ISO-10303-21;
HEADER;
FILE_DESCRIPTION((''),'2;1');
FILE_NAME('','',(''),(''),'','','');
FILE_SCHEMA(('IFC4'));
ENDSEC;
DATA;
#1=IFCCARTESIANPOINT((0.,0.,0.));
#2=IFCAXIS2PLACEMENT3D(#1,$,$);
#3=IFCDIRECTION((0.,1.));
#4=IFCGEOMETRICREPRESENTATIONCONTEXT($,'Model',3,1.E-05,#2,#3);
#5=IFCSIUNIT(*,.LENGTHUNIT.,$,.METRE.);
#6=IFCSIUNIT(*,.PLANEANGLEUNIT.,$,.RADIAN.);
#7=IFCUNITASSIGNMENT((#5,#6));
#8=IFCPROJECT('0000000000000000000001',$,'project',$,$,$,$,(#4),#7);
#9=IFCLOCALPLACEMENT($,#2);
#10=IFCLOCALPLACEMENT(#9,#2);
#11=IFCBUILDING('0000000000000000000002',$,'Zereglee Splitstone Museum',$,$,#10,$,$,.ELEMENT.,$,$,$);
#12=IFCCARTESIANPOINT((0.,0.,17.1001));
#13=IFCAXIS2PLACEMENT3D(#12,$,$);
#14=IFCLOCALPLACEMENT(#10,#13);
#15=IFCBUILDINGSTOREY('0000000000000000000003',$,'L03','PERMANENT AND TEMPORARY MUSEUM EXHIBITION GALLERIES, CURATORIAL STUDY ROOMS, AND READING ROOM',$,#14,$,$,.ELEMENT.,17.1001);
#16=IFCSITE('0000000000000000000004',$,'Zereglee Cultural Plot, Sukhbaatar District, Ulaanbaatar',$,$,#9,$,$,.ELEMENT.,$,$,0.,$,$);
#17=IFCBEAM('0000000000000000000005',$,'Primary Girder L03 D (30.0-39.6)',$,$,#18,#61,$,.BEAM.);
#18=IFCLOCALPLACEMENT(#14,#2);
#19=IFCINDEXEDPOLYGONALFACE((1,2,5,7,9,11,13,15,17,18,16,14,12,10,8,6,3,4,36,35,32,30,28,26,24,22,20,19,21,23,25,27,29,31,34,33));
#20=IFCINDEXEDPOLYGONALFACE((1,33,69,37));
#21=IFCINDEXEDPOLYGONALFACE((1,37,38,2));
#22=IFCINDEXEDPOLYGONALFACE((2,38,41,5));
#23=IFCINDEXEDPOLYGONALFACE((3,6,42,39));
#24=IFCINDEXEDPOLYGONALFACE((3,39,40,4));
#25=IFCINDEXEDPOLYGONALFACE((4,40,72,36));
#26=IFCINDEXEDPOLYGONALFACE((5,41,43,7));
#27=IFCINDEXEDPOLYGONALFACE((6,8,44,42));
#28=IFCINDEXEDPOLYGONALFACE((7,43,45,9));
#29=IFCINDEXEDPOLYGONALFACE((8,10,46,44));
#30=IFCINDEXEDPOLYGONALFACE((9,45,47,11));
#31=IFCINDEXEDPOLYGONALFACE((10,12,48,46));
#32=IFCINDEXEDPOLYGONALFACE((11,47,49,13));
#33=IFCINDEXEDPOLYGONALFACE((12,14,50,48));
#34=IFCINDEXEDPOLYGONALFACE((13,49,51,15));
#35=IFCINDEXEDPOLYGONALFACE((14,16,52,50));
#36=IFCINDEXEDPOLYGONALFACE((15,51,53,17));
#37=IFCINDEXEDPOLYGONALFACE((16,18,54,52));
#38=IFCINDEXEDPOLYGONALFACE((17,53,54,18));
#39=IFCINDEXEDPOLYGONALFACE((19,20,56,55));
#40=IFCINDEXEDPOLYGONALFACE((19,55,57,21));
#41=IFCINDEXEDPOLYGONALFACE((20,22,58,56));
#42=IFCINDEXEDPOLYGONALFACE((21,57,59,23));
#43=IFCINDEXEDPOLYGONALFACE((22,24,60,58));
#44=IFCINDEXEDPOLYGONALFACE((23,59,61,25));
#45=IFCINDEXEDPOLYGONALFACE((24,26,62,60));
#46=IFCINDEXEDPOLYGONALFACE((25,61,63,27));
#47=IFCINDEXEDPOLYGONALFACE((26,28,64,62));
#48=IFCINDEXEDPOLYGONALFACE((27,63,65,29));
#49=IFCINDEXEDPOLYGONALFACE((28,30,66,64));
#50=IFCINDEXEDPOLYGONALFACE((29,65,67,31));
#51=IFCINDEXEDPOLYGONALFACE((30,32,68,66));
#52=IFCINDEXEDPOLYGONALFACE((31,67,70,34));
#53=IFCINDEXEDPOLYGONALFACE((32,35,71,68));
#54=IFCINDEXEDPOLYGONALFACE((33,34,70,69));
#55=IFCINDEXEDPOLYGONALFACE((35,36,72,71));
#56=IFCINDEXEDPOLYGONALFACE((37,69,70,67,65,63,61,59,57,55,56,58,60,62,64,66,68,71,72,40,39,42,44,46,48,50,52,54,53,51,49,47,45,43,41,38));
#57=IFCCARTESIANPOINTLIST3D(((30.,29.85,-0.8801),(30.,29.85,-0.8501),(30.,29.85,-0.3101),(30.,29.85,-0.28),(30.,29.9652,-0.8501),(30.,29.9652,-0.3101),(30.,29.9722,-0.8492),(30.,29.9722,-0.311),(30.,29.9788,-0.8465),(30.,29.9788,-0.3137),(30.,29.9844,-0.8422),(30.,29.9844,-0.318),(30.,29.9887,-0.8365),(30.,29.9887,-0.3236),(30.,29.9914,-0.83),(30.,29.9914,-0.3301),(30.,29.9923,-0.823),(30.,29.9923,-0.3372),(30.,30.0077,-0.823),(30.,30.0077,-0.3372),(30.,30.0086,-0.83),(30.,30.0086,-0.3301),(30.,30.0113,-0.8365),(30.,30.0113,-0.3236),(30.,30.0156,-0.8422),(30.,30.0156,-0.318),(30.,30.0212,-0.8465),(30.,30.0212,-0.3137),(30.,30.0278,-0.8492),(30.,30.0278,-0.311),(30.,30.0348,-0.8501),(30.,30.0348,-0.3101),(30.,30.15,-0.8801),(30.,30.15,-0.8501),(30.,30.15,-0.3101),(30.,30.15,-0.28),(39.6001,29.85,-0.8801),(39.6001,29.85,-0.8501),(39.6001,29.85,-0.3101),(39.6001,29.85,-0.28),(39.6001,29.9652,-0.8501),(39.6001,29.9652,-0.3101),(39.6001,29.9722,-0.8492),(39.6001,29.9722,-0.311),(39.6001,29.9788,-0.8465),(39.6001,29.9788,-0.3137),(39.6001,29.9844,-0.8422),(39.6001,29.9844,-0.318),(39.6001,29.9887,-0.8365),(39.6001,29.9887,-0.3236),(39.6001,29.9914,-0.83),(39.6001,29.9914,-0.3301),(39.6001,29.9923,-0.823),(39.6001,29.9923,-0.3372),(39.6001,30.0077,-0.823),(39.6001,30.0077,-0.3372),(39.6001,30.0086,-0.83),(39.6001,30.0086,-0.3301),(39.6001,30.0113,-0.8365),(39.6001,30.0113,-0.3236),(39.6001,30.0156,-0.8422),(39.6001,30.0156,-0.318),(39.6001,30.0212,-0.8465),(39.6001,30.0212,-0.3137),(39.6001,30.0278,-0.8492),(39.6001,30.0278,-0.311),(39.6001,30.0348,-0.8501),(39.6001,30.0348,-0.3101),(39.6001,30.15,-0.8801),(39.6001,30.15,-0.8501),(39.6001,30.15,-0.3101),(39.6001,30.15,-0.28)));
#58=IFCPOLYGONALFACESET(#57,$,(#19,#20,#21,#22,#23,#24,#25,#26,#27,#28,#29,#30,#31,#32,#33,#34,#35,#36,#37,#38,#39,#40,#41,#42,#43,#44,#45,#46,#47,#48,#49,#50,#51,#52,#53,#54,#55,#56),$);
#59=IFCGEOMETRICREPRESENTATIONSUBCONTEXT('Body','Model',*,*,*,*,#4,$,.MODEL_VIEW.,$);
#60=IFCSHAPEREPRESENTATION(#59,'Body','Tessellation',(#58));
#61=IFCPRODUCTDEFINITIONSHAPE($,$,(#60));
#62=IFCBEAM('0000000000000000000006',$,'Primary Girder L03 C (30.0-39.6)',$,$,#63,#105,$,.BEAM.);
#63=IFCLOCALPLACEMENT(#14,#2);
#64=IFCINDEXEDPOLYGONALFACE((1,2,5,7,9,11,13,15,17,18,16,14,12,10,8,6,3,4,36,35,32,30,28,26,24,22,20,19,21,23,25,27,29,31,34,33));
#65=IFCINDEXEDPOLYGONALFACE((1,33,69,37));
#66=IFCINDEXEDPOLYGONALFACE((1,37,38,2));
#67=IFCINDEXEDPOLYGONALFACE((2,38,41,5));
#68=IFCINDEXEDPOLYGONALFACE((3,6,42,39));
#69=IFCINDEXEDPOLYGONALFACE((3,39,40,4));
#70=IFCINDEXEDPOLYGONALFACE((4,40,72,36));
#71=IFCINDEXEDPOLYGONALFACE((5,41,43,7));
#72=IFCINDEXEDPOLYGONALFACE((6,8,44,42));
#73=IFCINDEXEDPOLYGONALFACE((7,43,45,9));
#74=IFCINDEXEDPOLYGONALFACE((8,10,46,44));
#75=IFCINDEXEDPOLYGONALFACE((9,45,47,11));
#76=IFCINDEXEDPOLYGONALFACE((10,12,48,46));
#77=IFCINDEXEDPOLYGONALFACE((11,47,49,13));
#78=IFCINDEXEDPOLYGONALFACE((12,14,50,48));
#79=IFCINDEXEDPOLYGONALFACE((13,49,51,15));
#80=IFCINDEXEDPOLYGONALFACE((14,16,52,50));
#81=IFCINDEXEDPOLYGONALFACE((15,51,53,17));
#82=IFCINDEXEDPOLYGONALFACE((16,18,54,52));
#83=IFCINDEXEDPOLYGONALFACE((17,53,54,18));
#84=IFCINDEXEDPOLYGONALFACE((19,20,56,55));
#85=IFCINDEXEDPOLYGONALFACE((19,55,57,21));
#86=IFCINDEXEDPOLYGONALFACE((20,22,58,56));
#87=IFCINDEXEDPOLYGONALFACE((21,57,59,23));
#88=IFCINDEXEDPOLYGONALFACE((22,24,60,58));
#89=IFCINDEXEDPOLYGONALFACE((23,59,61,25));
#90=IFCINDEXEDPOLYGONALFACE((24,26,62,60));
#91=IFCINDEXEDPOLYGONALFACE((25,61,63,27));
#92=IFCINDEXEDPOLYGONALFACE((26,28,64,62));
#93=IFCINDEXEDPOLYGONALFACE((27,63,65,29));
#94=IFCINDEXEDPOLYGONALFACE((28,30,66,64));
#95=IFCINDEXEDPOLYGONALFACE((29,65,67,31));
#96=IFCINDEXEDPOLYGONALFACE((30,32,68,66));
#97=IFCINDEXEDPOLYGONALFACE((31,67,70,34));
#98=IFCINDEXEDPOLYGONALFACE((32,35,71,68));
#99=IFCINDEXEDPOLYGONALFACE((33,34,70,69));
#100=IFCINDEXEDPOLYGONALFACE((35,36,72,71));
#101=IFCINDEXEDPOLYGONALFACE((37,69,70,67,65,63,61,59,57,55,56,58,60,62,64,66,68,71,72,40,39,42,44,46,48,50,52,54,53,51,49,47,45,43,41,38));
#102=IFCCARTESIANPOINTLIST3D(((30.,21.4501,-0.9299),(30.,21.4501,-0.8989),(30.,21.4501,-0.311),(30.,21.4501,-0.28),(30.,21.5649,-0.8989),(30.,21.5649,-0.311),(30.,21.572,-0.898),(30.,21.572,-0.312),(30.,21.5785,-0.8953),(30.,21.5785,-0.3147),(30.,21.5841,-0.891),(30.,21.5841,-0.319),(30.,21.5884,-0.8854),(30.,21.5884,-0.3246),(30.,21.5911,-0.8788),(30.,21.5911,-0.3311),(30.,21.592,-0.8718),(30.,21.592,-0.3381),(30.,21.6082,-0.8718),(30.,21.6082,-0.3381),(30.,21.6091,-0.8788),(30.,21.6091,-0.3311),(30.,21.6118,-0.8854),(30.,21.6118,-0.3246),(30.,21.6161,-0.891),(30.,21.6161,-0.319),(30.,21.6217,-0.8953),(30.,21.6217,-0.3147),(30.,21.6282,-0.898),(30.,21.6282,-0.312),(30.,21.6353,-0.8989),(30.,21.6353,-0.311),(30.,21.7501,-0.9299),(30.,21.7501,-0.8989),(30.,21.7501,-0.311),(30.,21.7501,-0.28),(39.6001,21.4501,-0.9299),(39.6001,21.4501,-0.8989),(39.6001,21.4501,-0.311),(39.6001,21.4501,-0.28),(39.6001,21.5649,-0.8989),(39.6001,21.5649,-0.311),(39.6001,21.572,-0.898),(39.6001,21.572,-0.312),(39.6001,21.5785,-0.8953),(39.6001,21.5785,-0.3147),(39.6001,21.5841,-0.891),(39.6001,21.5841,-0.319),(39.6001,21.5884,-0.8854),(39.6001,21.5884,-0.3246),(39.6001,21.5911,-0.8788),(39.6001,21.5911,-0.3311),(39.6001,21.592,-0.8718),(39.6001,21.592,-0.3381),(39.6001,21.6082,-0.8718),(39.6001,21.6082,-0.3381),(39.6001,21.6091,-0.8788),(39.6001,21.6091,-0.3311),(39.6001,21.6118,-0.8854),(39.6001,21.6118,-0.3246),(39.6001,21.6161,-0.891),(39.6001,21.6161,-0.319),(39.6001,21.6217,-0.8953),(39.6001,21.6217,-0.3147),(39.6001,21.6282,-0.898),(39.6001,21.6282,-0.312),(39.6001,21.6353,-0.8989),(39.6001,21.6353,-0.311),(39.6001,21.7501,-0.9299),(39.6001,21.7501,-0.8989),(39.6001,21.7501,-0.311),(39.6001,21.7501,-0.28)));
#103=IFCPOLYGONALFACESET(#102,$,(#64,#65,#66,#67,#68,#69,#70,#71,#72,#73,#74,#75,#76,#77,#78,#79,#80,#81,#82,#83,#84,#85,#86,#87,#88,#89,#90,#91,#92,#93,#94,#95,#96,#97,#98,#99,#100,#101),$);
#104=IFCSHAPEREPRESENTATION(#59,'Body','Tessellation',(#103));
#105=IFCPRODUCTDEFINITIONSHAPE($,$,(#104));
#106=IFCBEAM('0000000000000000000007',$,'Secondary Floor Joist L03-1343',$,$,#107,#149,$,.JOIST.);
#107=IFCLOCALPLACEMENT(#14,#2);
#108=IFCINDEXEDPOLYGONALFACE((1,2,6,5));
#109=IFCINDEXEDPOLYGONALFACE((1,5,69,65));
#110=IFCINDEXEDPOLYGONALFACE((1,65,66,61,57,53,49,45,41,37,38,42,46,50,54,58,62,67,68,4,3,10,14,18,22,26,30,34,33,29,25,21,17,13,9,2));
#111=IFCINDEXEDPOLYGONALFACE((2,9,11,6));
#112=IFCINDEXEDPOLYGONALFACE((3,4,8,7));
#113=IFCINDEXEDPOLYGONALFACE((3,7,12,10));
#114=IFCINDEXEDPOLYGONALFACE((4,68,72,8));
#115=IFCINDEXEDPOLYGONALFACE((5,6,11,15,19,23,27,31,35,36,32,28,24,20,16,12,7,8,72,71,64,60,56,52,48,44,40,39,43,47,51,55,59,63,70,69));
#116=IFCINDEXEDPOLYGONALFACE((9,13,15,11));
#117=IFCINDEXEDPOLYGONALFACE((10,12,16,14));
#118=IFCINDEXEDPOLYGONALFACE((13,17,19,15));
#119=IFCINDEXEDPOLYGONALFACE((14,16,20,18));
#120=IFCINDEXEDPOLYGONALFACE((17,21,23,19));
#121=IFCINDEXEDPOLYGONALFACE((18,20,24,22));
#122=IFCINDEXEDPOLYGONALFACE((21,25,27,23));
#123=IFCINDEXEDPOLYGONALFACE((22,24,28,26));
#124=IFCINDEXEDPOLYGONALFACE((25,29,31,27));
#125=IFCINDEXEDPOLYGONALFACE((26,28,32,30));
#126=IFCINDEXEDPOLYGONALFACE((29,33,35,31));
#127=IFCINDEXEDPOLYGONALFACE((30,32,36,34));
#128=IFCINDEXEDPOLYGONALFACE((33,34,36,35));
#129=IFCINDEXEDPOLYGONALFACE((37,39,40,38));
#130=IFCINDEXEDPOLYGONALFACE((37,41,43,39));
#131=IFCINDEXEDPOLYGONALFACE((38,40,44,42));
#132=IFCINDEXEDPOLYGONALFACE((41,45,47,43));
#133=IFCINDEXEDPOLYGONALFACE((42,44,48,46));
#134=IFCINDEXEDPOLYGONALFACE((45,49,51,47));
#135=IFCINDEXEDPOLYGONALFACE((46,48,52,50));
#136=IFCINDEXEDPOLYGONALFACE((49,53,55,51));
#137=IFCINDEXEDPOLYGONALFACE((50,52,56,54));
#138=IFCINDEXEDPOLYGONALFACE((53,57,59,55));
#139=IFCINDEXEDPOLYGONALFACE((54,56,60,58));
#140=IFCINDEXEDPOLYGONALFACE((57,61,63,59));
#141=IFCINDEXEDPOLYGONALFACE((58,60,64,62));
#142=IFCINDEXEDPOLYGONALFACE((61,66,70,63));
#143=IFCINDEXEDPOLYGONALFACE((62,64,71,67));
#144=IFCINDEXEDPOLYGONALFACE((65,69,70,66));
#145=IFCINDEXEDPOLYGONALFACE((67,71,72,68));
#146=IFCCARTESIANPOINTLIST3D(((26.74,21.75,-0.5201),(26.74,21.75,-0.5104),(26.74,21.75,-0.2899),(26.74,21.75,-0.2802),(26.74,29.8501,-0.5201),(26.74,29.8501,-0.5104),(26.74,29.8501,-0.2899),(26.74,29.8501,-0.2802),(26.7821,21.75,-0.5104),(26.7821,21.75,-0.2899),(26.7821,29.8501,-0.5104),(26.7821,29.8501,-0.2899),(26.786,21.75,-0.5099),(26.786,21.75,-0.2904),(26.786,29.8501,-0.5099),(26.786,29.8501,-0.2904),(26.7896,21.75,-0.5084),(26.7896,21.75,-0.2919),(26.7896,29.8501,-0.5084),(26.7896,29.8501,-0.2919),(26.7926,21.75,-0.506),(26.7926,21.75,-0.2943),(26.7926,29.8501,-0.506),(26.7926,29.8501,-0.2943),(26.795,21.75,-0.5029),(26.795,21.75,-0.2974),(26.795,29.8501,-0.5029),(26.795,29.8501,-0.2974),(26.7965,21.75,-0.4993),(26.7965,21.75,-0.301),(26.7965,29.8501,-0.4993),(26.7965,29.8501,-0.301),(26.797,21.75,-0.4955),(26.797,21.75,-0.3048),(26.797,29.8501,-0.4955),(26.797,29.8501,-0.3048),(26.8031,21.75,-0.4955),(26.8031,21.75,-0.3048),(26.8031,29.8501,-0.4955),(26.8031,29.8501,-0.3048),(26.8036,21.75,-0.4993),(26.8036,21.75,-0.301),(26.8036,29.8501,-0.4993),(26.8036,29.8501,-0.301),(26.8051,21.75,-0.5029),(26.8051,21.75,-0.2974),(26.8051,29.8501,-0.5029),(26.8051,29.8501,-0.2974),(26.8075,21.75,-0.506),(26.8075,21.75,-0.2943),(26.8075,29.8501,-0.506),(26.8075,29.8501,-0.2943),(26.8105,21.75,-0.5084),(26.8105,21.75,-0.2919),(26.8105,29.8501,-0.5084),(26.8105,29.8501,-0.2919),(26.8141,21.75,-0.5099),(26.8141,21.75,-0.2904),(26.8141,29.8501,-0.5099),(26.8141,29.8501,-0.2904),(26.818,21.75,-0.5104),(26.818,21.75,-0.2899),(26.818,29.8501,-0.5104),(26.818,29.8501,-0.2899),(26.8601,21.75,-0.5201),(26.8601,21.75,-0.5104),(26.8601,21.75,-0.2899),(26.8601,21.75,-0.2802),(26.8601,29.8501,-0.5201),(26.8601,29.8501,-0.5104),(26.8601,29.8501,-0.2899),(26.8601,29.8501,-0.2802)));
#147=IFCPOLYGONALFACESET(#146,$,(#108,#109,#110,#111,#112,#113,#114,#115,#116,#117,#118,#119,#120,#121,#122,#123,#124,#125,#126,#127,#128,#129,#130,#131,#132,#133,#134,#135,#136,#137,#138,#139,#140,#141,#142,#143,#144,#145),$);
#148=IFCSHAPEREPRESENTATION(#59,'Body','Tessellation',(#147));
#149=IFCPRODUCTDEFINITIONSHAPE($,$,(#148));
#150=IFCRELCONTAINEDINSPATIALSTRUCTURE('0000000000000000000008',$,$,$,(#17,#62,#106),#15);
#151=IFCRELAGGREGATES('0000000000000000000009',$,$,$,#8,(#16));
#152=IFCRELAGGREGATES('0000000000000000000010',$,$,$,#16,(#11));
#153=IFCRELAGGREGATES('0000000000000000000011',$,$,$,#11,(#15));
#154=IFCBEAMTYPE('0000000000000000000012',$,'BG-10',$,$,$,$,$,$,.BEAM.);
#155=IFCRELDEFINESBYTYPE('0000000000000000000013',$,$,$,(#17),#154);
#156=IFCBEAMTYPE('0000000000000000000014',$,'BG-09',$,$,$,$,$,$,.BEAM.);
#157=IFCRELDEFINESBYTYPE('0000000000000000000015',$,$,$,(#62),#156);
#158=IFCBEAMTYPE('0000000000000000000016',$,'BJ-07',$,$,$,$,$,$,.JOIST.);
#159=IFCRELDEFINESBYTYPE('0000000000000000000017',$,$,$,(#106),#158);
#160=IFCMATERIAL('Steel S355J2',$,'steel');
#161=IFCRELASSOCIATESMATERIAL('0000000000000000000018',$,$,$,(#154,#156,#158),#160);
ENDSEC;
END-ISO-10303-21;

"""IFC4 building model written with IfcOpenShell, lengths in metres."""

from ifc_helpers import new_model, si_unit, direction, frame, origin, origin_2d, place, context, subcontext, project, spatial, i_section, extrude, material, material_profile, profile_set, type_object, element, save


model = new_model("IFC4")

# Units and contexts
model_context = context("Model", 3, precision=1e-05, world=origin(), true_north=direction((0.0, 1.0)))
body_context = subcontext(model_context, "Body", "Model", "MODEL_VIEW")
ifc_project = project(units=[si_unit("LENGTHUNIT", "METRE"), si_unit("PLANEANGLEUNIT", "RADIAN")], contexts=[model_context])

# Site, building, storey
site_placement = place(None, origin())
site = spatial("IfcSite", under=ifc_project, at=site_placement, Name="Zereglee Cultural Plot, Sukhbaatar District, Ulaanbaatar", CompositionType="ELEMENT", RefElevation=0.0)
building_placement = place(site_placement, origin())
building = spatial("IfcBuilding", under=site, at=building_placement, Name="Zereglee Splitstone Museum", CompositionType="ELEMENT")
storey_placement = place(building_placement, frame((0.0, 0.0, 17.1001)))
storey = spatial("IfcBuildingStorey", under=building, at=storey_placement, Name="L03", Description="PERMANENT AND TEMPORARY MUSEUM EXHIBITION GALLERIES, CURATORIAL STUDY ROOMS, AND READING ROOM", CompositionType="ELEMENT", Elevation=17.1001)

# Shared definitions
ifc_material_1 = material(Name="Steel S355J2", Category="steel")

# Beams
ifc_material_profile_1 = material_profile(ifc_material_1, i_section(OverallWidth=0.3, OverallDepth=0.6001, WebThickness=0.0154, FlangeThickness=0.03, FilletRadius=0.0271, at=origin_2d()), Name="HE 600 B")
ifc_profile_set_1 = profile_set([ifc_material_profile_1], Name="Steel S355J2")
beam_type_1 = type_object("IfcBeamType", Name="BG-10", PredefinedType="BEAM", material=ifc_profile_set_1)
beam_1_placement = place(storey_placement, frame((30.0, 30.0, -0.5801), z_axis=(1.0, 0.0, 0.0), x_axis=(0.0, 1.0, 0.0)))
element("IfcBeam", 1, at=beam_1_placement, inside=storey, type_object=beam_type_1, Name="Primary Girder L03 D (30.0-39.6)", PredefinedType="BEAM", context=body_context, shape_type="SweptSolid", body=[
    extrude(i_section(OverallWidth=0.3, OverallDepth=0.6001, WebThickness=0.0154, FlangeThickness=0.03, FilletRadius=0.0271, at=origin_2d()), origin(), (0.0, 0.0, 1.0), 9.6001),
])
ifc_material_profile_2 = material_profile(ifc_material_1, i_section(OverallWidth=0.3, OverallDepth=0.6499, WebThickness=0.0161, FlangeThickness=0.031, FilletRadius=0.0271, at=origin_2d()), Name="HE 650 B")
ifc_profile_set_2 = profile_set([ifc_material_profile_2], Name="Steel S355J2")
beam_type_2 = type_object("IfcBeamType", Name="BG-09", PredefinedType="BEAM", material=ifc_profile_set_2)
beam_2_placement = place(storey_placement, frame((30.0, 21.6001, -0.605), z_axis=(1.0, 0.0, 0.0), x_axis=(0.0, 1.0, 0.0)))
element("IfcBeam", 2, at=beam_2_placement, inside=storey, type_object=beam_type_2, Name="Primary Girder L03 C (30.0-39.6)", PredefinedType="BEAM", context=body_context, shape_type="SweptSolid", body=[
    extrude(i_section(OverallWidth=0.3, OverallDepth=0.6499, WebThickness=0.0161, FlangeThickness=0.031, FilletRadius=0.0271, at=origin_2d()), origin(), (0.0, 0.0, 1.0), 9.6001),
])
ifc_material_profile_3 = material_profile(ifc_material_1, i_section(OverallWidth=0.1201, OverallDepth=0.24, WebThickness=0.0061, FlangeThickness=0.0098, FilletRadius=0.0149, at=origin_2d()), Name="IPE 240")
ifc_profile_set_3 = profile_set([ifc_material_profile_3], Name="Steel S355J2")
beam_type_3 = type_object("IfcBeamType", Name="BJ-07", PredefinedType="JOIST", material=ifc_profile_set_3)
beam_3_placement = place(storey_placement, frame((26.8, 21.75, -0.4001), z_axis=(0.0, 1.0, 0.0), x_axis=(-1.0, 0.0, 0.0)))
element("IfcBeam", 3, at=beam_3_placement, inside=storey, type_object=beam_type_3, Name="Secondary Floor Joist L03-1343", PredefinedType="JOIST", context=body_context, shape_type="SweptSolid", body=[
    extrude(i_section(OverallWidth=0.1201, OverallDepth=0.24, WebThickness=0.0061, FlangeThickness=0.0098, FilletRadius=0.0149, at=origin_2d()), origin(), (0.0, 0.0, 1.0), 8.1001),
])

save(model, "model.ifc")
